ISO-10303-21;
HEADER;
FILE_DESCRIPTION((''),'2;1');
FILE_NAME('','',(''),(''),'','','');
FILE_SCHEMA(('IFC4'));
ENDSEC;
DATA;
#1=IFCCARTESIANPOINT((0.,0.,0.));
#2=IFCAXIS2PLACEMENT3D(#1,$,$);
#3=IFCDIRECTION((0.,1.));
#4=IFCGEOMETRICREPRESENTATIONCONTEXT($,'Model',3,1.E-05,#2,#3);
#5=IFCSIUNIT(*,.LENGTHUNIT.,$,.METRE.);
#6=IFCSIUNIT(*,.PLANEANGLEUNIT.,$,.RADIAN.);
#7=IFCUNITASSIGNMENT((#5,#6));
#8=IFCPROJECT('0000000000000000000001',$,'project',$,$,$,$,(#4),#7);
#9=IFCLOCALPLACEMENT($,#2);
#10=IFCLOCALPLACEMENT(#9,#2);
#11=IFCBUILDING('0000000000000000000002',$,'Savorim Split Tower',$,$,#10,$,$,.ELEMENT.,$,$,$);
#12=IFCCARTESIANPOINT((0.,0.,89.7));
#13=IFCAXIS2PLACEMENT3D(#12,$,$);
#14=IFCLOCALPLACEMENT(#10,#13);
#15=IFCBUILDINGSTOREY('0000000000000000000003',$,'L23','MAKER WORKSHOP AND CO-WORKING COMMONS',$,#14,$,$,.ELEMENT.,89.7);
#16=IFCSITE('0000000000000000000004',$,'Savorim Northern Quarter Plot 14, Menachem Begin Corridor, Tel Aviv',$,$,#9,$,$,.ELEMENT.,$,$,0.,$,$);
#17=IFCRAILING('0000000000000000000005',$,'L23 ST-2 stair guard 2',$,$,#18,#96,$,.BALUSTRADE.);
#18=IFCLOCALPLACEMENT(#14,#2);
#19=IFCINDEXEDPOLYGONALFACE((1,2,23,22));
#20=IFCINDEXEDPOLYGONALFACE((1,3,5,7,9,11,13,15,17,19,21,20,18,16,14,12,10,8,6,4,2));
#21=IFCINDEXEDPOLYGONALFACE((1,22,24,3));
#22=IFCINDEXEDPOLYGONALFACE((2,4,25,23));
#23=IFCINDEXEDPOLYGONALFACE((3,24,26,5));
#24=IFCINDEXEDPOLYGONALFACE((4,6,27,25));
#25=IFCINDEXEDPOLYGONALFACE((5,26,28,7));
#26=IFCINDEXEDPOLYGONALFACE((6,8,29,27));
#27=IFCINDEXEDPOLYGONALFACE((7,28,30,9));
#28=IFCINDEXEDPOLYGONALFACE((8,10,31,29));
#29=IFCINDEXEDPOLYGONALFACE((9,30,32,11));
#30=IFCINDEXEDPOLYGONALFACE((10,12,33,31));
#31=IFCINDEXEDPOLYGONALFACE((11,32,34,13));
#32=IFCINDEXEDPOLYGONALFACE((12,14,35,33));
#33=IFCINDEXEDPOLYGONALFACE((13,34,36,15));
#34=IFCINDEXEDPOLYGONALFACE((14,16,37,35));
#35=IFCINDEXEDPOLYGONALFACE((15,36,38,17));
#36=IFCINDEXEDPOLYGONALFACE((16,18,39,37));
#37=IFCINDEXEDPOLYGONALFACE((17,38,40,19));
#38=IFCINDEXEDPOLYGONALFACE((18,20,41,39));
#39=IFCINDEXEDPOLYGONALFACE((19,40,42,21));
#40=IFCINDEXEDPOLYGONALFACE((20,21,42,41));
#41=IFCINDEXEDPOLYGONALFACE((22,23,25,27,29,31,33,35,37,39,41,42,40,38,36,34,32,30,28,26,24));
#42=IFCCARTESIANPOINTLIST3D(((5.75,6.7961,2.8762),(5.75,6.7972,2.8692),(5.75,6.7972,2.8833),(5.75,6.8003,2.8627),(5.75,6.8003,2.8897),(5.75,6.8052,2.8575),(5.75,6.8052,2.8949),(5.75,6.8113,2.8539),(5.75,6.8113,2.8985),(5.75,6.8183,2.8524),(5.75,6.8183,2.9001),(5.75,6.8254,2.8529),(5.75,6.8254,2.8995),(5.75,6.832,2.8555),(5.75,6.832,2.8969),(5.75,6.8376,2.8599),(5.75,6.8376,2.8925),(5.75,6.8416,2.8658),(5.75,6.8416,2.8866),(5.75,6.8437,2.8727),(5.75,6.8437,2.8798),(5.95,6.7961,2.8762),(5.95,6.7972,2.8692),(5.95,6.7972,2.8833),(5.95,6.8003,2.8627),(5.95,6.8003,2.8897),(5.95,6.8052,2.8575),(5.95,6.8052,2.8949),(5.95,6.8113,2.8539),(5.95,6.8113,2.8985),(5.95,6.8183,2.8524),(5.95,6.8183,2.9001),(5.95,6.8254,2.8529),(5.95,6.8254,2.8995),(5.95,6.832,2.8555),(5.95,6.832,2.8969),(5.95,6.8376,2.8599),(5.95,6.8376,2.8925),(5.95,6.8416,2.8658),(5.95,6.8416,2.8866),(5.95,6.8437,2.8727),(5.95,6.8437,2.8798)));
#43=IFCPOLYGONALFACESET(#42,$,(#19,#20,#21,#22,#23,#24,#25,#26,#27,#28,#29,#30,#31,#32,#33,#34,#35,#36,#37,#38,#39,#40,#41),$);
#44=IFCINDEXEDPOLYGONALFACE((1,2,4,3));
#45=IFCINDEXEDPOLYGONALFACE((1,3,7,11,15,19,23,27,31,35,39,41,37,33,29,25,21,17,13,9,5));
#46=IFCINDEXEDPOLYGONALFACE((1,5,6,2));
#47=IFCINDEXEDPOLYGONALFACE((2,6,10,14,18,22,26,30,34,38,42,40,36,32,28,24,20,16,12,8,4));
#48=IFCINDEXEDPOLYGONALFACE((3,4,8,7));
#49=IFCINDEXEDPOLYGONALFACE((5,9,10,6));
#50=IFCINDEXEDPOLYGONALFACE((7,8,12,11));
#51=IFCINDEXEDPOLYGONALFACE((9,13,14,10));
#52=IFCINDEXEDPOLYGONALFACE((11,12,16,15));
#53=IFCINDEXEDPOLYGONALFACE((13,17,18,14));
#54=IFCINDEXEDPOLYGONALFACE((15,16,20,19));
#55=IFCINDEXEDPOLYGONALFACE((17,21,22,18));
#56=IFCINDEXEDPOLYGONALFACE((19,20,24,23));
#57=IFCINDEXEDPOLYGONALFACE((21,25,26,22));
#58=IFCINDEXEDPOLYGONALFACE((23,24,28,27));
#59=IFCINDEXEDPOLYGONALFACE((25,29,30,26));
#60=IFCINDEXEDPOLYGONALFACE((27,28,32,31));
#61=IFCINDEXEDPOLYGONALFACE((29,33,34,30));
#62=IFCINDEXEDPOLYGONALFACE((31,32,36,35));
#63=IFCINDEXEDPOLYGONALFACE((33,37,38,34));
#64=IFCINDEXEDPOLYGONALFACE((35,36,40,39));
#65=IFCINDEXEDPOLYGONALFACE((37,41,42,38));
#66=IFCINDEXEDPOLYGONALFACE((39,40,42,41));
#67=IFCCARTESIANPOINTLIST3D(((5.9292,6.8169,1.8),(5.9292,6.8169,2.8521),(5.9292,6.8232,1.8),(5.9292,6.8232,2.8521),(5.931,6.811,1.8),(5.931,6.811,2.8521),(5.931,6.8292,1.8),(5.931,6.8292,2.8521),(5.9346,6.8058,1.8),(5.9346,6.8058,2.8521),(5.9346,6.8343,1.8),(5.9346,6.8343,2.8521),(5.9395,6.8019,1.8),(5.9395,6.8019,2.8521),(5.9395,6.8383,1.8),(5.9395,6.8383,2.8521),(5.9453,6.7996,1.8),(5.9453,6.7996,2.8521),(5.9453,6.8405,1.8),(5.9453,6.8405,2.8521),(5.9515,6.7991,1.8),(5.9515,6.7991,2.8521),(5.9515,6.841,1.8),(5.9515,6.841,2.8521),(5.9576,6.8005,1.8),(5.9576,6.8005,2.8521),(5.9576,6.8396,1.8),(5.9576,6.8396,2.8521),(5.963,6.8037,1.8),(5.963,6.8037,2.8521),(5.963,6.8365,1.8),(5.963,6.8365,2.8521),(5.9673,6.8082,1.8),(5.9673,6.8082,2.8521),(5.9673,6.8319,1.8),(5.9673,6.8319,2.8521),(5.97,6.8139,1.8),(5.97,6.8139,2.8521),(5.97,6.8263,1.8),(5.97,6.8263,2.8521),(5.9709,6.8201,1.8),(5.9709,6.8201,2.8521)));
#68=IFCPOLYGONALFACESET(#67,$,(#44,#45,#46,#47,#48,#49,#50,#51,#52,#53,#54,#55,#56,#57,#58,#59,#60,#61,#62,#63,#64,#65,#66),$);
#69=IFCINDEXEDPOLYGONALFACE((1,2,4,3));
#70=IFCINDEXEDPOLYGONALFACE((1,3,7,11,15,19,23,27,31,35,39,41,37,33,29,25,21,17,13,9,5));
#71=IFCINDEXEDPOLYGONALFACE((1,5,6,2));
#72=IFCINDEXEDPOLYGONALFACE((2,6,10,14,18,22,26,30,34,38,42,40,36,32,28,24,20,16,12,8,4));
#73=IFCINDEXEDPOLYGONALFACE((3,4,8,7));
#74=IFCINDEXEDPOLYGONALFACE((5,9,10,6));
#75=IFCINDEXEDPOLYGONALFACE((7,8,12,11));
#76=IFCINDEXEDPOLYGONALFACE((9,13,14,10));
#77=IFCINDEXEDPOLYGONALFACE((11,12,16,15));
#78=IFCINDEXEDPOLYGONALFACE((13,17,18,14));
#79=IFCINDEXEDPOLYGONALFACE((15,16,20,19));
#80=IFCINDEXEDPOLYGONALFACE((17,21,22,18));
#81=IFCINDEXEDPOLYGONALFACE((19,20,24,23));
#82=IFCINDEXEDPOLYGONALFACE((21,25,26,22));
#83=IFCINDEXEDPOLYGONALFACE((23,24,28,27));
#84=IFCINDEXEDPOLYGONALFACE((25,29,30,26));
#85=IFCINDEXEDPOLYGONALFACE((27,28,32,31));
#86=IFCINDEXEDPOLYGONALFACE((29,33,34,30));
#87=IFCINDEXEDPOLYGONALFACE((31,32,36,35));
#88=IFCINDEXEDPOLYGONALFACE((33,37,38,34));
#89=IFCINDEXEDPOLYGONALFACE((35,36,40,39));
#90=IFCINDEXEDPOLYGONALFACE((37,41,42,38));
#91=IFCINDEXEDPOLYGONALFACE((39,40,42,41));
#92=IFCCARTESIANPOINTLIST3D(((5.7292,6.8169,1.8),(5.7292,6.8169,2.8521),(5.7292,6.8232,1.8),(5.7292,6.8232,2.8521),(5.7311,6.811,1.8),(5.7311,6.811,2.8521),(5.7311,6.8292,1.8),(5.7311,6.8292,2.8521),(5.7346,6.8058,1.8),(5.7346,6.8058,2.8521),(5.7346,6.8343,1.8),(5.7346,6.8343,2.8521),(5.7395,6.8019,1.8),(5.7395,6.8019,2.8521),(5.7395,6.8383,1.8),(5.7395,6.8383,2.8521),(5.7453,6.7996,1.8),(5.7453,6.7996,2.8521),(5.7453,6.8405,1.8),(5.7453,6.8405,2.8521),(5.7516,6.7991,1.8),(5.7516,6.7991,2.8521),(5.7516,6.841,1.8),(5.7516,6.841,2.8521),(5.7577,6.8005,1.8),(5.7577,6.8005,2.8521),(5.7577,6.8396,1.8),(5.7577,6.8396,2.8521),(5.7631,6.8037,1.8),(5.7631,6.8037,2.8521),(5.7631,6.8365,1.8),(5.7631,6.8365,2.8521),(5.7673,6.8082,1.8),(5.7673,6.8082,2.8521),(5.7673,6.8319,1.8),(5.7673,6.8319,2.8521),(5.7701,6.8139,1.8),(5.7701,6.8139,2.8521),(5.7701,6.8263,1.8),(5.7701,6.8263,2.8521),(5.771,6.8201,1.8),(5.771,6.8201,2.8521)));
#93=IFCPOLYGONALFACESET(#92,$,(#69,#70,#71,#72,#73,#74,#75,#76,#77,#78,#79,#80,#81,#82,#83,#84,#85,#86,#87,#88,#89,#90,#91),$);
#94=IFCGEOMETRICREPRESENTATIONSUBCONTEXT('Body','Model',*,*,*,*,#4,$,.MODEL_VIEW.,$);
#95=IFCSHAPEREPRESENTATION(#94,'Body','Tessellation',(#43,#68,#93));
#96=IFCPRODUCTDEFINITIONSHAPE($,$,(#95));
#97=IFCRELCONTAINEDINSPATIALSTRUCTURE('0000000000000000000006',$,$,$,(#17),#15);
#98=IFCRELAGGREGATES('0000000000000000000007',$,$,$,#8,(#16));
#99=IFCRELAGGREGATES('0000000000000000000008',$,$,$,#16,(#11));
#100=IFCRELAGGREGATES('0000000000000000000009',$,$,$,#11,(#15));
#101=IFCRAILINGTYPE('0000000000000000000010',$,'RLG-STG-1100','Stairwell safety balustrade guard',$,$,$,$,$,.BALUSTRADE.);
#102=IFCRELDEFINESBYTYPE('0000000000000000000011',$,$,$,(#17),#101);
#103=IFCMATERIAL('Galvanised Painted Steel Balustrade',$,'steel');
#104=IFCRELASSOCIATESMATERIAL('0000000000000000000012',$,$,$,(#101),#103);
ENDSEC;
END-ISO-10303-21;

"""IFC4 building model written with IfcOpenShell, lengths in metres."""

from ifc_helpers import new_model, si_unit, direction, frame, origin, origin_2d, place, context, subcontext, project, spatial, circle, extrude, material, type_object, element, save


model = new_model("IFC4")

# Units and contexts
model_context = context("Model", 3, precision=1e-05, world=origin(), true_north=direction((0.0, 1.0)))
body_context = subcontext(model_context, "Body", "Model", "MODEL_VIEW")
ifc_project = project(units=[si_unit("LENGTHUNIT", "METRE"), si_unit("PLANEANGLEUNIT", "RADIAN")], contexts=[model_context])

# Site, building, storey
site_placement = place(None, origin())
site = spatial("IfcSite", under=ifc_project, at=site_placement, Name="Savorim Northern Quarter Plot 14, Menachem Begin Corridor, Tel Aviv", CompositionType="ELEMENT", RefElevation=0.0)
building_placement = place(site_placement, origin())
building = spatial("IfcBuilding", under=site, at=building_placement, Name="Savorim Split Tower", CompositionType="ELEMENT")
storey_placement = place(building_placement, frame((0.0, 0.0, 89.7)))
storey = spatial("IfcBuildingStorey", under=building, at=storey_placement, Name="L23", Description="MAKER WORKSHOP AND CO-WORKING COMMONS", CompositionType="ELEMENT", Elevation=89.7)

# Railing
ifc_material_1 = material(Name="Galvanised Painted Steel Balustrade", Category="steel")
railing_type_1 = type_object("IfcRailingType", Name="RLG-STG-1100", Description="Stairwell safety balustrade guard", PredefinedType="BALUSTRADE", material=ifc_material_1)
railing_1_placement = place(storey_placement, frame((5.95, 6.8201, 1.8)))
element("IfcRailing", 1, at=railing_1_placement, inside=storey, type_object=railing_type_1, Name="L23 ST-2 stair guard 2", PredefinedType="BALUSTRADE", context=body_context, shape_type="SweptSolid", body=[
    extrude(circle(Radius=0.0239, at=origin_2d()), frame((0.0, 0.0, 1.0762), z_axis=(-1.0, 0.0, 0.0), x_axis=(0.0, -1.0, 0.0)), (0.0, 0.0, 1.0), 0.2),
    extrude(circle(Radius=0.021, at=origin_2d()), origin(), (0.0, 0.0, 1.0), 1.052),
    extrude(circle(Radius=0.021, at=origin_2d()), frame((-0.2, 0.0, 0.0)), (0.0, 0.0, 1.0), 1.052),
])

save(model, "model.ifc")
